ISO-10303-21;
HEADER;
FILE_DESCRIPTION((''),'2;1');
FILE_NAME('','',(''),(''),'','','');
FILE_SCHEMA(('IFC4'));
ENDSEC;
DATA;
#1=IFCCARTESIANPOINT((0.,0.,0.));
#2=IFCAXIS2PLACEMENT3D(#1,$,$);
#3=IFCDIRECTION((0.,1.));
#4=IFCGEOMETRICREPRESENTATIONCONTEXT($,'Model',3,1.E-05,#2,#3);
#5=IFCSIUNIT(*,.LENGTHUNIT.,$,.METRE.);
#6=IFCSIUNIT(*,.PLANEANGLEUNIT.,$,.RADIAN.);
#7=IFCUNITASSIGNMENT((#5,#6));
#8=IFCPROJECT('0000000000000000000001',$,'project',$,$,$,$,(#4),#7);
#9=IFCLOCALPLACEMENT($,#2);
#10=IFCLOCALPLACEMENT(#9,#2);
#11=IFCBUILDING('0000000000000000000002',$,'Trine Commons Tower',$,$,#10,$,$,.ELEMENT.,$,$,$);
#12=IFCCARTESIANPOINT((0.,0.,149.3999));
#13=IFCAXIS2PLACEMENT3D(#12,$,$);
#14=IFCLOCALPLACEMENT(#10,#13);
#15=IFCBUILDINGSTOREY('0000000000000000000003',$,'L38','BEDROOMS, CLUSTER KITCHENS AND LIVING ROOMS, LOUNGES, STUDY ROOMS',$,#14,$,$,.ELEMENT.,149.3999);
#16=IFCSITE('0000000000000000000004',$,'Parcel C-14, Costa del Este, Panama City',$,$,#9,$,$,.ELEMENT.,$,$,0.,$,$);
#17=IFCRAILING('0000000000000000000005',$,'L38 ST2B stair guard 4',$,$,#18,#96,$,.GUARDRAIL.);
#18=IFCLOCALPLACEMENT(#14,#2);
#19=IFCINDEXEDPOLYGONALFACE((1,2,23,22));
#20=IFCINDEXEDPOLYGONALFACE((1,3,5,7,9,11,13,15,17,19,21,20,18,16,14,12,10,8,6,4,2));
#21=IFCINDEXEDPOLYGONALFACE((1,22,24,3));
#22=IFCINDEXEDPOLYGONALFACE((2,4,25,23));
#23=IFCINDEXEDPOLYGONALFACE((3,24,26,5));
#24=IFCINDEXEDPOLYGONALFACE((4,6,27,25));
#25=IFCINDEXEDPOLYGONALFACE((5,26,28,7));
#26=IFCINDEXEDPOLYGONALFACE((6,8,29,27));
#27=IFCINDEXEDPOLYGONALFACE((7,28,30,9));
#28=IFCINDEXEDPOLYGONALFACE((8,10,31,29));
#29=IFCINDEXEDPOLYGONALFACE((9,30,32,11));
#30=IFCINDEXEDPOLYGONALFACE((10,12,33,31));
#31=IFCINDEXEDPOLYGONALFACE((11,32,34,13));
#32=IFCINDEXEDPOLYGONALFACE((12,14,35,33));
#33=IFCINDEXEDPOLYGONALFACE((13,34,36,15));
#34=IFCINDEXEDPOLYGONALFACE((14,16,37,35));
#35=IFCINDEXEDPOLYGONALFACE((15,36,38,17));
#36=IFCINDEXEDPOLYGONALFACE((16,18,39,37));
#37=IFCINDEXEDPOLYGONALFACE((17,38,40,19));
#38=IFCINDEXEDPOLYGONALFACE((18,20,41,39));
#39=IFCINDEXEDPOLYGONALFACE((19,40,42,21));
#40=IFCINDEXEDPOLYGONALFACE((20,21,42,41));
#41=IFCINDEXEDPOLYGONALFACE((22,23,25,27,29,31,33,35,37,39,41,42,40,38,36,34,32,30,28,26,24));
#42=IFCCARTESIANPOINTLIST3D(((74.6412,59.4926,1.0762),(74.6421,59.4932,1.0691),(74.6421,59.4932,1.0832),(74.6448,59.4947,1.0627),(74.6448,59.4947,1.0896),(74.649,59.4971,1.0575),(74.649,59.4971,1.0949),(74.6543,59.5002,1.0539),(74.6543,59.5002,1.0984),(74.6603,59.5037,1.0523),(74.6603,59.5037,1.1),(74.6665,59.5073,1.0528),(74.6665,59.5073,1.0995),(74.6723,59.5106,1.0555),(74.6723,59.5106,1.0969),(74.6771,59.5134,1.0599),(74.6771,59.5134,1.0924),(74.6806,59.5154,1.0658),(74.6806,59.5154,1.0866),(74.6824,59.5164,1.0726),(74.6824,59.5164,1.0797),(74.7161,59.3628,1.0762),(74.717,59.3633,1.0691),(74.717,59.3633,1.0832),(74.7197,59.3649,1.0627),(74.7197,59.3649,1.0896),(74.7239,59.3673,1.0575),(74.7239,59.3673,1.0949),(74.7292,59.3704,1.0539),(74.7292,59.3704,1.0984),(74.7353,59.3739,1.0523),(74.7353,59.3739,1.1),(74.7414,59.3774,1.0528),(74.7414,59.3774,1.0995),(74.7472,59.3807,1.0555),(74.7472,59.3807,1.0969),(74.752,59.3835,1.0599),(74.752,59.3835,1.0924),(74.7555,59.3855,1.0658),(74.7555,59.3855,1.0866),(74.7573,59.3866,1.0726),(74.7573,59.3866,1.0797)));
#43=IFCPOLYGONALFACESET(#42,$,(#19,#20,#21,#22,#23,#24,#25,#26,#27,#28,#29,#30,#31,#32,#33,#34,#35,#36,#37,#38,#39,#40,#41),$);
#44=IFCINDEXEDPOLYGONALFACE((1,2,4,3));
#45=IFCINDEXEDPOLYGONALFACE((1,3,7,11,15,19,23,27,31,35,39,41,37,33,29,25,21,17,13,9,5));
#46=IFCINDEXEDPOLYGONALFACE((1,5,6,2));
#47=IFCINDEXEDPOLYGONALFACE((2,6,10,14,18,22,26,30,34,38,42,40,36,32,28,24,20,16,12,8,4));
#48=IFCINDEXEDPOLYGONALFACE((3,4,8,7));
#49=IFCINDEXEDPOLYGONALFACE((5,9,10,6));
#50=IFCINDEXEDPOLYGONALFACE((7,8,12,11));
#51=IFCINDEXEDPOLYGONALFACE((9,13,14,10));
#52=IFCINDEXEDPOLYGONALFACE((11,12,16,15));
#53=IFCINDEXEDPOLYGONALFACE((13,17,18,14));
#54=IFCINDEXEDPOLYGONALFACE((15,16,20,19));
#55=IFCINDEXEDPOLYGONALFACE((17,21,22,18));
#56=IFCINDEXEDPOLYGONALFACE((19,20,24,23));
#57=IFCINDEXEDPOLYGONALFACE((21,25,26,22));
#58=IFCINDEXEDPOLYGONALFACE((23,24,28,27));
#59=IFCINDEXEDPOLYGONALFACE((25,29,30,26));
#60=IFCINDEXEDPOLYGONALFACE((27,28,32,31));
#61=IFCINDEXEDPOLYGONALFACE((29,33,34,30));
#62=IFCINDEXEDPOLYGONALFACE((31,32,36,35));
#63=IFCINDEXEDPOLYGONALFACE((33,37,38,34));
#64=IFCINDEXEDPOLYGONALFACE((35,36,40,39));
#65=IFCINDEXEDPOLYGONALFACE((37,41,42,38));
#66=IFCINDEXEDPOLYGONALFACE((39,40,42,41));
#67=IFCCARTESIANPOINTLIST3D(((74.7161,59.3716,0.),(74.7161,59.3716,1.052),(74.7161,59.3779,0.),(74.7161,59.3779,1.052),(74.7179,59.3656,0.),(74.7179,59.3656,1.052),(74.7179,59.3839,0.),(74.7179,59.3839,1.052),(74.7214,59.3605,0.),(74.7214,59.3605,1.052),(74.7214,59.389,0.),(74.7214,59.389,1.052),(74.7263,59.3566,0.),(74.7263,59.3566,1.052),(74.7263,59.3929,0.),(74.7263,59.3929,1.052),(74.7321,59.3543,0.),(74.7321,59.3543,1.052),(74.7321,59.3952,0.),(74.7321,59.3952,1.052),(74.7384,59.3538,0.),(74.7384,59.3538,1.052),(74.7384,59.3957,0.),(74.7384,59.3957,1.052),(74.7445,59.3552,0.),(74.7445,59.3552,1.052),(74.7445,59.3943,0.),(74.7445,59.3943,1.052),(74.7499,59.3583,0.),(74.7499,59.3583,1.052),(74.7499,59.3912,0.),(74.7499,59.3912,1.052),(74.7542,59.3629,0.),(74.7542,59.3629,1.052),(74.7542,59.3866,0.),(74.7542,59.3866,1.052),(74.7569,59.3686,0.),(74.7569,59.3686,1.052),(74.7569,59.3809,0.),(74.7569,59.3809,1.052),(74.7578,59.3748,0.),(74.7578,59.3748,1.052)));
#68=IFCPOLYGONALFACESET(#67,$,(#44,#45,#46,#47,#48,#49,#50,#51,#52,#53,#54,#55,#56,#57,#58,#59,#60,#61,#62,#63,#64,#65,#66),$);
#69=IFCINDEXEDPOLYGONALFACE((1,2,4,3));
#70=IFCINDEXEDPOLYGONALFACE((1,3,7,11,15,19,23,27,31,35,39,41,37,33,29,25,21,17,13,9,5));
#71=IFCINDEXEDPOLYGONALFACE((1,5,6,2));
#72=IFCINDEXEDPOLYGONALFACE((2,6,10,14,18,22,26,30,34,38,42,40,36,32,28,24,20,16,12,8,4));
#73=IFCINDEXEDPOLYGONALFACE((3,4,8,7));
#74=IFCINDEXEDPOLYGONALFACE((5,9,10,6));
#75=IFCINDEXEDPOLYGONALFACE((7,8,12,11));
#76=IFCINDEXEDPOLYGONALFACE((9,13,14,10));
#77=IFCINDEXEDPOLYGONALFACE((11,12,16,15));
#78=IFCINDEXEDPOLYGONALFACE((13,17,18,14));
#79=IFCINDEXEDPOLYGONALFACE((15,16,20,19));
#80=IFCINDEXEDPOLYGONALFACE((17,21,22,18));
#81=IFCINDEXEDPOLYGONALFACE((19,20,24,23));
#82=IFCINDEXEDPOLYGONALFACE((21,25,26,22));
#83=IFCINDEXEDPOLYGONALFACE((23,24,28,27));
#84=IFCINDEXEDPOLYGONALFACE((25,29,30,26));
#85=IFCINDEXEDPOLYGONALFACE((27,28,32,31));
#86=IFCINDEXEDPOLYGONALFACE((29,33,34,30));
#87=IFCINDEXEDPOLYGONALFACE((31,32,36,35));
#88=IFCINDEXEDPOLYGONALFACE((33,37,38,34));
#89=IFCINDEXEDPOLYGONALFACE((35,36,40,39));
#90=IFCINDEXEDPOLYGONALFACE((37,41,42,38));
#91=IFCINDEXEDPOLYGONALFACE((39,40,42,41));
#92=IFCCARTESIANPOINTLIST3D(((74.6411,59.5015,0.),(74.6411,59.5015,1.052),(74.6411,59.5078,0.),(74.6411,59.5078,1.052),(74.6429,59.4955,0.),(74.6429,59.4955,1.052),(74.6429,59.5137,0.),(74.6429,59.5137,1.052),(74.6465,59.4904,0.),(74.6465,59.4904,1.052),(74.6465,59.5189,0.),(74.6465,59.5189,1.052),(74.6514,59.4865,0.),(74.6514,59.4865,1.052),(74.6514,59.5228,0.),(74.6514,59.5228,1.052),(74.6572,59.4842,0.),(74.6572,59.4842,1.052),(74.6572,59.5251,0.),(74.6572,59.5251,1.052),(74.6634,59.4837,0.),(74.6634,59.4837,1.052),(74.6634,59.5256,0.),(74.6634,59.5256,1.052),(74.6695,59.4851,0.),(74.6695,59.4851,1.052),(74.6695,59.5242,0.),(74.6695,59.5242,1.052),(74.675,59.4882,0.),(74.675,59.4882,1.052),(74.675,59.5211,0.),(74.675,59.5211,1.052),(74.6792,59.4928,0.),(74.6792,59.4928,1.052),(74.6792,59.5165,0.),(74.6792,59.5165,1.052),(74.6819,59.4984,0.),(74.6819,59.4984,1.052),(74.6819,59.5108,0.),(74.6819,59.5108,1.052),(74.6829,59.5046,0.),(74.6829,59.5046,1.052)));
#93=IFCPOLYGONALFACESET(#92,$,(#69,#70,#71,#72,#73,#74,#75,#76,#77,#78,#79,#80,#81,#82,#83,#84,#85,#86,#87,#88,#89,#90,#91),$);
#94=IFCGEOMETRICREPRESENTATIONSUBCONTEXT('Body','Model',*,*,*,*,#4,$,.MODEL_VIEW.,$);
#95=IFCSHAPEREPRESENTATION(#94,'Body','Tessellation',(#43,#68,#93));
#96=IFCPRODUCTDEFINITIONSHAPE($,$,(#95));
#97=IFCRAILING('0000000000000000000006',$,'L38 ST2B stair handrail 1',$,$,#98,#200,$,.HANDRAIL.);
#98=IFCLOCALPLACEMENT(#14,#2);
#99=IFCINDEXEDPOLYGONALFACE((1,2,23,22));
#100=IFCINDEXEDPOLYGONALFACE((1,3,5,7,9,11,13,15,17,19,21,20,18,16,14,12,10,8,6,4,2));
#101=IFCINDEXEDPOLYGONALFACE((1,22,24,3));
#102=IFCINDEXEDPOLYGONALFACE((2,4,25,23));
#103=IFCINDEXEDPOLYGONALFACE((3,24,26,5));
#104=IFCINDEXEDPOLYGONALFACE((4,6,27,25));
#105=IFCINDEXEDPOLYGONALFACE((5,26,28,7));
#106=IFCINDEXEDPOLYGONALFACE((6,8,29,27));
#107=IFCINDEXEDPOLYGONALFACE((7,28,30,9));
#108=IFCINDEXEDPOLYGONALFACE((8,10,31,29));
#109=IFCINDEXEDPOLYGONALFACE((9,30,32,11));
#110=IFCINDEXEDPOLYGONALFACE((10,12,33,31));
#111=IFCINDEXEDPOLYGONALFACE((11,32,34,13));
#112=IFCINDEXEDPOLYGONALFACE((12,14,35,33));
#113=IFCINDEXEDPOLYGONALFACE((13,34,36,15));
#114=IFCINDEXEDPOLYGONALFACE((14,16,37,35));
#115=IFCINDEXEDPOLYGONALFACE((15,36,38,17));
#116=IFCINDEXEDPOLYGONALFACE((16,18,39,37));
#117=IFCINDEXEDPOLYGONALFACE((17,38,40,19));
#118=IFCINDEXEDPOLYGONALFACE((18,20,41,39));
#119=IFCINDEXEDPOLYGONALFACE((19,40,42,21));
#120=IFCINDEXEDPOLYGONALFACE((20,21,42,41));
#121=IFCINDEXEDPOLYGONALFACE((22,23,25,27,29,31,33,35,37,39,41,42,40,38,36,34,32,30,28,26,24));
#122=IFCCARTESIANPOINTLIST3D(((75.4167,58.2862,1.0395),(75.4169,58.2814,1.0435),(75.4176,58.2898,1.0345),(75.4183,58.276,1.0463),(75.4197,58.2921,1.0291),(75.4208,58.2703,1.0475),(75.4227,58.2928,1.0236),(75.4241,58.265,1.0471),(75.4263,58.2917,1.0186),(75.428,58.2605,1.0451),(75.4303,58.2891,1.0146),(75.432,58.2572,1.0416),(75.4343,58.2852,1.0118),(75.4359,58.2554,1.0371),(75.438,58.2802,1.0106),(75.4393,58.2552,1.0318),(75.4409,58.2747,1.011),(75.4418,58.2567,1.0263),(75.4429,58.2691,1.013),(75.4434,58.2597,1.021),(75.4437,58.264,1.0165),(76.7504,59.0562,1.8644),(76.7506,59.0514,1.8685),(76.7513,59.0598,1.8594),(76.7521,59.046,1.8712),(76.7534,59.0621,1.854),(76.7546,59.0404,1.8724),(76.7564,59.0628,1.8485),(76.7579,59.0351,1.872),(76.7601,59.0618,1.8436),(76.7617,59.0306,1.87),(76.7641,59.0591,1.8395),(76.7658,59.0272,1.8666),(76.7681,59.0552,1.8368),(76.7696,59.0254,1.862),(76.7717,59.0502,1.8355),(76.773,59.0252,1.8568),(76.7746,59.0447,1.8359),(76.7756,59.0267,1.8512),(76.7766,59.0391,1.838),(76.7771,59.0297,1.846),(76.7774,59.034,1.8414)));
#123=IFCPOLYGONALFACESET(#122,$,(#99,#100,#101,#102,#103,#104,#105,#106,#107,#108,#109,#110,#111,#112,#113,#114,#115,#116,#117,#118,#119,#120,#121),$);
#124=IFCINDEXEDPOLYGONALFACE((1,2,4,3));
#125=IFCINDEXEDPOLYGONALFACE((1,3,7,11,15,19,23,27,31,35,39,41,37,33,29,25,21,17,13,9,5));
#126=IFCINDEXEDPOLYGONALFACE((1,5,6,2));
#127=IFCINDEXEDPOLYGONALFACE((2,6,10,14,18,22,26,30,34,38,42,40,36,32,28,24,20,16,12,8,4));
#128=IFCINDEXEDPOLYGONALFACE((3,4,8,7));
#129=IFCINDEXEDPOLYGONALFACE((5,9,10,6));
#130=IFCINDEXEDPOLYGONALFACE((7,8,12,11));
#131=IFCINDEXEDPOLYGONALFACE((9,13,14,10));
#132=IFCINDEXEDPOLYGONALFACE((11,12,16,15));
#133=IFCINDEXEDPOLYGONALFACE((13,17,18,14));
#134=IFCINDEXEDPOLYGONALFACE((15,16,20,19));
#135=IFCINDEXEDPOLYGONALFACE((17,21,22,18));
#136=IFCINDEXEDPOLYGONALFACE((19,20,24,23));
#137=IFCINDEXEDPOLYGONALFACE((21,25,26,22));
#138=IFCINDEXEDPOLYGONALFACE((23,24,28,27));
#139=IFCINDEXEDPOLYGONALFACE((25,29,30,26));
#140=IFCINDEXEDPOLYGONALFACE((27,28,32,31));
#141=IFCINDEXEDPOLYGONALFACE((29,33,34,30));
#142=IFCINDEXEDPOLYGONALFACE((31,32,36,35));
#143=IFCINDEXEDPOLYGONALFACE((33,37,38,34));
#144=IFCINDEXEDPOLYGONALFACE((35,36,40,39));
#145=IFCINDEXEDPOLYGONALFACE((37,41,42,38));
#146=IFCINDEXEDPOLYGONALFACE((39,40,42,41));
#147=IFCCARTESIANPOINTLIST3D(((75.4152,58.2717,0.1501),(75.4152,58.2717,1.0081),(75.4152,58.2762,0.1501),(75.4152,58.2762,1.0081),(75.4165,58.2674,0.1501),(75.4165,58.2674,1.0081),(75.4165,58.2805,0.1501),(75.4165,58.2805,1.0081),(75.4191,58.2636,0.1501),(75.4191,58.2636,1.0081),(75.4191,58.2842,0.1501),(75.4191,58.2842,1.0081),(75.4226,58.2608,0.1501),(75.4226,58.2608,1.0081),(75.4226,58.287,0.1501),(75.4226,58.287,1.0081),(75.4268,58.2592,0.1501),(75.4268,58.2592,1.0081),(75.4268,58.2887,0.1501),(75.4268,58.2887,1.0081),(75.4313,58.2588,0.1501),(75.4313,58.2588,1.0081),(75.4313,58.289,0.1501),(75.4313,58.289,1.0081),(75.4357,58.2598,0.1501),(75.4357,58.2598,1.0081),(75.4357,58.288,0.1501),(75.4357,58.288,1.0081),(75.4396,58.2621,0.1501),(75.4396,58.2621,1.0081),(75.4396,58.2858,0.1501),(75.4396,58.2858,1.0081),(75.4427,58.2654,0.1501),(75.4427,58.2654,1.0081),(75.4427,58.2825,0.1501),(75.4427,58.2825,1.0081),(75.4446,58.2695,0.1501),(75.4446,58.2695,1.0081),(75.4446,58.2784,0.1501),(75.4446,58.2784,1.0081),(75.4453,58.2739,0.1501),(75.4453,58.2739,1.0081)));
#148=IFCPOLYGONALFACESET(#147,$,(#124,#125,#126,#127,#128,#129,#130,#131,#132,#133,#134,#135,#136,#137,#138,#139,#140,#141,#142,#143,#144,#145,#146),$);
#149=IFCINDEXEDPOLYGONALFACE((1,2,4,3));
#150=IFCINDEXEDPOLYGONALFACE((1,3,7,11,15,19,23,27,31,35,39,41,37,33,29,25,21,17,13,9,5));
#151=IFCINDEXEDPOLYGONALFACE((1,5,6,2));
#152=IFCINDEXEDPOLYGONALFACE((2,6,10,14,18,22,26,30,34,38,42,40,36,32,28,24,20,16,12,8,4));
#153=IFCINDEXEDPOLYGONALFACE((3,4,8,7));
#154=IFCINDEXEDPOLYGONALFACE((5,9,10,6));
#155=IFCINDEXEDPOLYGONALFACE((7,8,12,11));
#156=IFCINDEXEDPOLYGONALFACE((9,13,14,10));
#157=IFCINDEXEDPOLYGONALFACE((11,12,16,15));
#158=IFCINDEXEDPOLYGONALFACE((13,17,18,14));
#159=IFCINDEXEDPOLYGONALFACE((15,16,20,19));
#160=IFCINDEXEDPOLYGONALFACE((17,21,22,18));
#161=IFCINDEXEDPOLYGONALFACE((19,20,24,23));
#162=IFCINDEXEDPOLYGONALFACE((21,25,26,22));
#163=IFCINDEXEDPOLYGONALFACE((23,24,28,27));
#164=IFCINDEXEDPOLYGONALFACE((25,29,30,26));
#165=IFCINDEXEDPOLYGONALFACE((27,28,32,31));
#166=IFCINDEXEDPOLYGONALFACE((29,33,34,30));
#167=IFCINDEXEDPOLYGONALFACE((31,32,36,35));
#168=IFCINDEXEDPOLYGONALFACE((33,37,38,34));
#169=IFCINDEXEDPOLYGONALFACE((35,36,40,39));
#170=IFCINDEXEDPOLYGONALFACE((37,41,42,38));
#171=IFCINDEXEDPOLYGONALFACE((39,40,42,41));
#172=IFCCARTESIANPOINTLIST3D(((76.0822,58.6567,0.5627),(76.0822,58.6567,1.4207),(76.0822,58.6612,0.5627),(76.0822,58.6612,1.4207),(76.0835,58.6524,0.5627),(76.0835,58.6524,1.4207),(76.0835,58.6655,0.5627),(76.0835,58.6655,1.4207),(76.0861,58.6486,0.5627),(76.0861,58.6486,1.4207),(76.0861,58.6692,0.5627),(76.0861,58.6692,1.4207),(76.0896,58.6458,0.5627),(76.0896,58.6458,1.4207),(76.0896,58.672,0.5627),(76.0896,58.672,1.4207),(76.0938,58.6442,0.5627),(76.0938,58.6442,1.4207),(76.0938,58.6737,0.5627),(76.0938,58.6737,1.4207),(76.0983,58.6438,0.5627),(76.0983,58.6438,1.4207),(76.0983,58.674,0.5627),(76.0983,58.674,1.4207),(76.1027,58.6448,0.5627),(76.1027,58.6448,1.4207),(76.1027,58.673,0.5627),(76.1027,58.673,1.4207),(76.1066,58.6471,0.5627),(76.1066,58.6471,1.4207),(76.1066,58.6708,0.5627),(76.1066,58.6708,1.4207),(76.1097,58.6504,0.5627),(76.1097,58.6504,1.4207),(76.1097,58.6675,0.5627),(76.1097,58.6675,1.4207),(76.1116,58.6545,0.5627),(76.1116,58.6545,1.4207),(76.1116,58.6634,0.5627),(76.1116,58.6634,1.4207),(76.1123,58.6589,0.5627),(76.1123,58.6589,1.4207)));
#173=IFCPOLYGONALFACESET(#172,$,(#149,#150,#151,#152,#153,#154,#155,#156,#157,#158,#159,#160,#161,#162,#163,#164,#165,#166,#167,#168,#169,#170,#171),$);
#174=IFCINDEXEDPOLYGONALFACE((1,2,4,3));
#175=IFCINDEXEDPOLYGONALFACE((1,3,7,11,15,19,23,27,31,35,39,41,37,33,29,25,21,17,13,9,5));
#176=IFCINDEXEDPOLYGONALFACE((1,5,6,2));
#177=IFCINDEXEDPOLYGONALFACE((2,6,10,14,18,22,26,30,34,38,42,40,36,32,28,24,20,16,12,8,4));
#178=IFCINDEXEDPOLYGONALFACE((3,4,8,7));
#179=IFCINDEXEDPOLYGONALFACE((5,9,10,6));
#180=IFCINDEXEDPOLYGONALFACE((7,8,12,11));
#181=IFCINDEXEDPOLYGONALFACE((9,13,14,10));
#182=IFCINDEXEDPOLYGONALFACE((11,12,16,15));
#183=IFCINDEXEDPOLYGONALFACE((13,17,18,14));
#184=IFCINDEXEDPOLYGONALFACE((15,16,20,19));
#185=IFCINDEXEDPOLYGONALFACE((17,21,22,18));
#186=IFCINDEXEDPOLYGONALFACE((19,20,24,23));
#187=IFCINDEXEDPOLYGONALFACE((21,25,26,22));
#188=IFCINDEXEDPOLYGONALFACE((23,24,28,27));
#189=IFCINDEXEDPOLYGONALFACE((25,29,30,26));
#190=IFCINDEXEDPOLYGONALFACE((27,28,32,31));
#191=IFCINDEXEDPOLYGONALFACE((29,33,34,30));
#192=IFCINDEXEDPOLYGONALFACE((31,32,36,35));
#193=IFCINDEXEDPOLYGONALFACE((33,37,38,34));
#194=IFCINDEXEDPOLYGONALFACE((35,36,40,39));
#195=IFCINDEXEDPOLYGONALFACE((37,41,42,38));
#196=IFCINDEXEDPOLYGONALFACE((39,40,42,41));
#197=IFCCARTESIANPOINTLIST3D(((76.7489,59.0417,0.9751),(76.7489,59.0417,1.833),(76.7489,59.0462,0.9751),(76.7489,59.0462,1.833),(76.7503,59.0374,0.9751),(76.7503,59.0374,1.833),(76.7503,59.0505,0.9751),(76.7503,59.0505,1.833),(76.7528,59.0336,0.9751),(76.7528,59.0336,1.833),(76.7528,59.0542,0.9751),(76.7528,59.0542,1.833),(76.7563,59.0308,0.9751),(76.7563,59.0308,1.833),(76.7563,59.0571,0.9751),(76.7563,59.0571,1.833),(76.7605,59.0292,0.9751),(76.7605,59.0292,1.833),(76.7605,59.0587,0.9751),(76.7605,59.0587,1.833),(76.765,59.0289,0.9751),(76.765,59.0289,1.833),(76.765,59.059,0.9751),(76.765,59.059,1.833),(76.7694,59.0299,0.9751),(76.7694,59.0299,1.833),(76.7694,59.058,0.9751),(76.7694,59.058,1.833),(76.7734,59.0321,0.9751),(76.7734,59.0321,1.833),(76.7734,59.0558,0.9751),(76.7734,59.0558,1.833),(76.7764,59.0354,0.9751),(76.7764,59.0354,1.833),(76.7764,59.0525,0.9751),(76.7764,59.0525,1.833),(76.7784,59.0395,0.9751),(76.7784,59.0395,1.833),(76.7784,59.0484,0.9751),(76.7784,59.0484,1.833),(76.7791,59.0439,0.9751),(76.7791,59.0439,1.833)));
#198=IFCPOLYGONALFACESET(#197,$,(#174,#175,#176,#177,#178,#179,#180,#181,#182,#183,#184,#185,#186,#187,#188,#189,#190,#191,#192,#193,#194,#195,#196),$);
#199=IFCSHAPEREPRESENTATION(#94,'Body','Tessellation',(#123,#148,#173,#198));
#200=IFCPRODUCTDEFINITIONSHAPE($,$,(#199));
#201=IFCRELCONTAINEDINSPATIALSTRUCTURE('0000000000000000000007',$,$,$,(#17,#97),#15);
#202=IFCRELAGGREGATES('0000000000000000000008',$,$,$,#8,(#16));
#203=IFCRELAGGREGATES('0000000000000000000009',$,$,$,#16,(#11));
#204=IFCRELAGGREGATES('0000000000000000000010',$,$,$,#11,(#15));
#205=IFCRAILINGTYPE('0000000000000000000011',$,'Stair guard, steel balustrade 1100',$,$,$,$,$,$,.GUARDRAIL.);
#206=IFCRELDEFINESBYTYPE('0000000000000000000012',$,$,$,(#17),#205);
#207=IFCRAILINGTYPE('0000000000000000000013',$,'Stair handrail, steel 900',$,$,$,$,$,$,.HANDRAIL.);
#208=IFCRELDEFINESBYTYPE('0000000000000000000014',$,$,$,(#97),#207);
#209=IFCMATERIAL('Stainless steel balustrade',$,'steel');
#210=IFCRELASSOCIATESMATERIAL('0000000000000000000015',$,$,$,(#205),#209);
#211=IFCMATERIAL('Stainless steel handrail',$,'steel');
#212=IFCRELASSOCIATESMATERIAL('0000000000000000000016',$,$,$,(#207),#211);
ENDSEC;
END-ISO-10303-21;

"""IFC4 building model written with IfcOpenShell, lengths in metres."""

from ifc_helpers import new_model, si_unit, direction, frame, origin, origin_2d, place, context, subcontext, project, spatial, circle, extrude, material, type_object, element, save


model = new_model("IFC4")

# Units and contexts
model_context = context("Model", 3, precision=1e-05, world=origin(), true_north=direction((0.0, 1.0)))
body_context = subcontext(model_context, "Body", "Model", "MODEL_VIEW")
ifc_project = project(units=[si_unit("LENGTHUNIT", "METRE"), si_unit("PLANEANGLEUNIT", "RADIAN")], contexts=[model_context])

# Site, building, storey
site_placement = place(None, origin())
site = spatial("IfcSite", under=ifc_project, at=site_placement, Name="Parcel C-14, Costa del Este, Panama City", CompositionType="ELEMENT", RefElevation=0.0)
building_placement = place(site_placement, origin())
building = spatial("IfcBuilding", under=site, at=building_placement, Name="Trine Commons Tower", CompositionType="ELEMENT")
storey_placement = place(building_placement, frame((0.0, 0.0, 149.3999)))
storey = spatial("IfcBuildingStorey", under=building, at=storey_placement, Name="L38", Description="BEDROOMS, CLUSTER KITCHENS AND LIVING ROOMS, LOUNGES, STUDY ROOMS", CompositionType="ELEMENT", Elevation=149.3999)

# Railings
ifc_material_1 = material(Name="Stainless steel balustrade", Category="steel")
railing_type_1 = type_object("IfcRailingType", Name="Stair guard, steel balustrade 1100", PredefinedType="GUARDRAIL", material=ifc_material_1)
railing_1_placement = place(storey_placement, frame((74.7368, 59.3748, 0.0)))
element("IfcRailing", 1, at=railing_1_placement, inside=storey, type_object=railing_type_1, Name="L38 ST2B stair guard 4", PredefinedType="GUARDRAIL", context=body_context, shape_type="SweptSolid", body=[
    extrude(circle(Radius=0.0239, at=origin_2d()), frame((0.0, 0.0, 1.0762), z_axis=(-0.499816, 0.866131, 0.0), x_axis=(-0.866131, -0.499816, 0.0)), (0.0, 0.0, 1.0), 0.1499),
    extrude(circle(Radius=0.021, at=origin_2d()), origin(), (0.0, 0.0, 1.0), 1.052),
    extrude(circle(Radius=0.021, at=origin_2d()), frame((-0.075, 0.1299, 0.0)), (0.0, 0.0, 1.0), 1.052),
])
ifc_material_2 = material(Name="Stainless steel handrail", Category="steel")
railing_type_2 = type_object("IfcRailingType", Name="Stair handrail, steel 900", PredefinedType="HANDRAIL", material=ifc_material_2)
for number, where, name in (
    (2, (75.4302, 58.2739, 0.1501), "L38 ST2B stair handrail 1"),
):
    element("IfcRailing", number, at=place(storey_placement, frame(where)), inside=storey, type_object=railing_type_2, Name=name, PredefinedType="HANDRAIL", context=body_context, shape_type="SweptSolid", body=[
        extrude(circle(Radius=0.021, at=origin_2d()), frame((0.0, 0.0, 0.8789), z_axis=(0.763405, 0.440743, 0.472185), x_axis=(-0.499992, 0.86603, 0.0)), (0.0, 0.0, 1.0), 1.7471),
        extrude(circle(Radius=0.0151, at=origin_2d()), origin(), (0.0, 0.0, 1.0), 0.8579),
        extrude(circle(Radius=0.0151, at=origin_2d()), frame((0.667, 0.385, 0.4126)), (0.0, 0.0, 1.0), 0.8579),
        extrude(circle(Radius=0.0151, at=origin_2d()), frame((1.3337, 0.77, 0.825)), (0.0, 0.0, 1.0), 0.8579),
    ])

save(model, "model.ifc")
